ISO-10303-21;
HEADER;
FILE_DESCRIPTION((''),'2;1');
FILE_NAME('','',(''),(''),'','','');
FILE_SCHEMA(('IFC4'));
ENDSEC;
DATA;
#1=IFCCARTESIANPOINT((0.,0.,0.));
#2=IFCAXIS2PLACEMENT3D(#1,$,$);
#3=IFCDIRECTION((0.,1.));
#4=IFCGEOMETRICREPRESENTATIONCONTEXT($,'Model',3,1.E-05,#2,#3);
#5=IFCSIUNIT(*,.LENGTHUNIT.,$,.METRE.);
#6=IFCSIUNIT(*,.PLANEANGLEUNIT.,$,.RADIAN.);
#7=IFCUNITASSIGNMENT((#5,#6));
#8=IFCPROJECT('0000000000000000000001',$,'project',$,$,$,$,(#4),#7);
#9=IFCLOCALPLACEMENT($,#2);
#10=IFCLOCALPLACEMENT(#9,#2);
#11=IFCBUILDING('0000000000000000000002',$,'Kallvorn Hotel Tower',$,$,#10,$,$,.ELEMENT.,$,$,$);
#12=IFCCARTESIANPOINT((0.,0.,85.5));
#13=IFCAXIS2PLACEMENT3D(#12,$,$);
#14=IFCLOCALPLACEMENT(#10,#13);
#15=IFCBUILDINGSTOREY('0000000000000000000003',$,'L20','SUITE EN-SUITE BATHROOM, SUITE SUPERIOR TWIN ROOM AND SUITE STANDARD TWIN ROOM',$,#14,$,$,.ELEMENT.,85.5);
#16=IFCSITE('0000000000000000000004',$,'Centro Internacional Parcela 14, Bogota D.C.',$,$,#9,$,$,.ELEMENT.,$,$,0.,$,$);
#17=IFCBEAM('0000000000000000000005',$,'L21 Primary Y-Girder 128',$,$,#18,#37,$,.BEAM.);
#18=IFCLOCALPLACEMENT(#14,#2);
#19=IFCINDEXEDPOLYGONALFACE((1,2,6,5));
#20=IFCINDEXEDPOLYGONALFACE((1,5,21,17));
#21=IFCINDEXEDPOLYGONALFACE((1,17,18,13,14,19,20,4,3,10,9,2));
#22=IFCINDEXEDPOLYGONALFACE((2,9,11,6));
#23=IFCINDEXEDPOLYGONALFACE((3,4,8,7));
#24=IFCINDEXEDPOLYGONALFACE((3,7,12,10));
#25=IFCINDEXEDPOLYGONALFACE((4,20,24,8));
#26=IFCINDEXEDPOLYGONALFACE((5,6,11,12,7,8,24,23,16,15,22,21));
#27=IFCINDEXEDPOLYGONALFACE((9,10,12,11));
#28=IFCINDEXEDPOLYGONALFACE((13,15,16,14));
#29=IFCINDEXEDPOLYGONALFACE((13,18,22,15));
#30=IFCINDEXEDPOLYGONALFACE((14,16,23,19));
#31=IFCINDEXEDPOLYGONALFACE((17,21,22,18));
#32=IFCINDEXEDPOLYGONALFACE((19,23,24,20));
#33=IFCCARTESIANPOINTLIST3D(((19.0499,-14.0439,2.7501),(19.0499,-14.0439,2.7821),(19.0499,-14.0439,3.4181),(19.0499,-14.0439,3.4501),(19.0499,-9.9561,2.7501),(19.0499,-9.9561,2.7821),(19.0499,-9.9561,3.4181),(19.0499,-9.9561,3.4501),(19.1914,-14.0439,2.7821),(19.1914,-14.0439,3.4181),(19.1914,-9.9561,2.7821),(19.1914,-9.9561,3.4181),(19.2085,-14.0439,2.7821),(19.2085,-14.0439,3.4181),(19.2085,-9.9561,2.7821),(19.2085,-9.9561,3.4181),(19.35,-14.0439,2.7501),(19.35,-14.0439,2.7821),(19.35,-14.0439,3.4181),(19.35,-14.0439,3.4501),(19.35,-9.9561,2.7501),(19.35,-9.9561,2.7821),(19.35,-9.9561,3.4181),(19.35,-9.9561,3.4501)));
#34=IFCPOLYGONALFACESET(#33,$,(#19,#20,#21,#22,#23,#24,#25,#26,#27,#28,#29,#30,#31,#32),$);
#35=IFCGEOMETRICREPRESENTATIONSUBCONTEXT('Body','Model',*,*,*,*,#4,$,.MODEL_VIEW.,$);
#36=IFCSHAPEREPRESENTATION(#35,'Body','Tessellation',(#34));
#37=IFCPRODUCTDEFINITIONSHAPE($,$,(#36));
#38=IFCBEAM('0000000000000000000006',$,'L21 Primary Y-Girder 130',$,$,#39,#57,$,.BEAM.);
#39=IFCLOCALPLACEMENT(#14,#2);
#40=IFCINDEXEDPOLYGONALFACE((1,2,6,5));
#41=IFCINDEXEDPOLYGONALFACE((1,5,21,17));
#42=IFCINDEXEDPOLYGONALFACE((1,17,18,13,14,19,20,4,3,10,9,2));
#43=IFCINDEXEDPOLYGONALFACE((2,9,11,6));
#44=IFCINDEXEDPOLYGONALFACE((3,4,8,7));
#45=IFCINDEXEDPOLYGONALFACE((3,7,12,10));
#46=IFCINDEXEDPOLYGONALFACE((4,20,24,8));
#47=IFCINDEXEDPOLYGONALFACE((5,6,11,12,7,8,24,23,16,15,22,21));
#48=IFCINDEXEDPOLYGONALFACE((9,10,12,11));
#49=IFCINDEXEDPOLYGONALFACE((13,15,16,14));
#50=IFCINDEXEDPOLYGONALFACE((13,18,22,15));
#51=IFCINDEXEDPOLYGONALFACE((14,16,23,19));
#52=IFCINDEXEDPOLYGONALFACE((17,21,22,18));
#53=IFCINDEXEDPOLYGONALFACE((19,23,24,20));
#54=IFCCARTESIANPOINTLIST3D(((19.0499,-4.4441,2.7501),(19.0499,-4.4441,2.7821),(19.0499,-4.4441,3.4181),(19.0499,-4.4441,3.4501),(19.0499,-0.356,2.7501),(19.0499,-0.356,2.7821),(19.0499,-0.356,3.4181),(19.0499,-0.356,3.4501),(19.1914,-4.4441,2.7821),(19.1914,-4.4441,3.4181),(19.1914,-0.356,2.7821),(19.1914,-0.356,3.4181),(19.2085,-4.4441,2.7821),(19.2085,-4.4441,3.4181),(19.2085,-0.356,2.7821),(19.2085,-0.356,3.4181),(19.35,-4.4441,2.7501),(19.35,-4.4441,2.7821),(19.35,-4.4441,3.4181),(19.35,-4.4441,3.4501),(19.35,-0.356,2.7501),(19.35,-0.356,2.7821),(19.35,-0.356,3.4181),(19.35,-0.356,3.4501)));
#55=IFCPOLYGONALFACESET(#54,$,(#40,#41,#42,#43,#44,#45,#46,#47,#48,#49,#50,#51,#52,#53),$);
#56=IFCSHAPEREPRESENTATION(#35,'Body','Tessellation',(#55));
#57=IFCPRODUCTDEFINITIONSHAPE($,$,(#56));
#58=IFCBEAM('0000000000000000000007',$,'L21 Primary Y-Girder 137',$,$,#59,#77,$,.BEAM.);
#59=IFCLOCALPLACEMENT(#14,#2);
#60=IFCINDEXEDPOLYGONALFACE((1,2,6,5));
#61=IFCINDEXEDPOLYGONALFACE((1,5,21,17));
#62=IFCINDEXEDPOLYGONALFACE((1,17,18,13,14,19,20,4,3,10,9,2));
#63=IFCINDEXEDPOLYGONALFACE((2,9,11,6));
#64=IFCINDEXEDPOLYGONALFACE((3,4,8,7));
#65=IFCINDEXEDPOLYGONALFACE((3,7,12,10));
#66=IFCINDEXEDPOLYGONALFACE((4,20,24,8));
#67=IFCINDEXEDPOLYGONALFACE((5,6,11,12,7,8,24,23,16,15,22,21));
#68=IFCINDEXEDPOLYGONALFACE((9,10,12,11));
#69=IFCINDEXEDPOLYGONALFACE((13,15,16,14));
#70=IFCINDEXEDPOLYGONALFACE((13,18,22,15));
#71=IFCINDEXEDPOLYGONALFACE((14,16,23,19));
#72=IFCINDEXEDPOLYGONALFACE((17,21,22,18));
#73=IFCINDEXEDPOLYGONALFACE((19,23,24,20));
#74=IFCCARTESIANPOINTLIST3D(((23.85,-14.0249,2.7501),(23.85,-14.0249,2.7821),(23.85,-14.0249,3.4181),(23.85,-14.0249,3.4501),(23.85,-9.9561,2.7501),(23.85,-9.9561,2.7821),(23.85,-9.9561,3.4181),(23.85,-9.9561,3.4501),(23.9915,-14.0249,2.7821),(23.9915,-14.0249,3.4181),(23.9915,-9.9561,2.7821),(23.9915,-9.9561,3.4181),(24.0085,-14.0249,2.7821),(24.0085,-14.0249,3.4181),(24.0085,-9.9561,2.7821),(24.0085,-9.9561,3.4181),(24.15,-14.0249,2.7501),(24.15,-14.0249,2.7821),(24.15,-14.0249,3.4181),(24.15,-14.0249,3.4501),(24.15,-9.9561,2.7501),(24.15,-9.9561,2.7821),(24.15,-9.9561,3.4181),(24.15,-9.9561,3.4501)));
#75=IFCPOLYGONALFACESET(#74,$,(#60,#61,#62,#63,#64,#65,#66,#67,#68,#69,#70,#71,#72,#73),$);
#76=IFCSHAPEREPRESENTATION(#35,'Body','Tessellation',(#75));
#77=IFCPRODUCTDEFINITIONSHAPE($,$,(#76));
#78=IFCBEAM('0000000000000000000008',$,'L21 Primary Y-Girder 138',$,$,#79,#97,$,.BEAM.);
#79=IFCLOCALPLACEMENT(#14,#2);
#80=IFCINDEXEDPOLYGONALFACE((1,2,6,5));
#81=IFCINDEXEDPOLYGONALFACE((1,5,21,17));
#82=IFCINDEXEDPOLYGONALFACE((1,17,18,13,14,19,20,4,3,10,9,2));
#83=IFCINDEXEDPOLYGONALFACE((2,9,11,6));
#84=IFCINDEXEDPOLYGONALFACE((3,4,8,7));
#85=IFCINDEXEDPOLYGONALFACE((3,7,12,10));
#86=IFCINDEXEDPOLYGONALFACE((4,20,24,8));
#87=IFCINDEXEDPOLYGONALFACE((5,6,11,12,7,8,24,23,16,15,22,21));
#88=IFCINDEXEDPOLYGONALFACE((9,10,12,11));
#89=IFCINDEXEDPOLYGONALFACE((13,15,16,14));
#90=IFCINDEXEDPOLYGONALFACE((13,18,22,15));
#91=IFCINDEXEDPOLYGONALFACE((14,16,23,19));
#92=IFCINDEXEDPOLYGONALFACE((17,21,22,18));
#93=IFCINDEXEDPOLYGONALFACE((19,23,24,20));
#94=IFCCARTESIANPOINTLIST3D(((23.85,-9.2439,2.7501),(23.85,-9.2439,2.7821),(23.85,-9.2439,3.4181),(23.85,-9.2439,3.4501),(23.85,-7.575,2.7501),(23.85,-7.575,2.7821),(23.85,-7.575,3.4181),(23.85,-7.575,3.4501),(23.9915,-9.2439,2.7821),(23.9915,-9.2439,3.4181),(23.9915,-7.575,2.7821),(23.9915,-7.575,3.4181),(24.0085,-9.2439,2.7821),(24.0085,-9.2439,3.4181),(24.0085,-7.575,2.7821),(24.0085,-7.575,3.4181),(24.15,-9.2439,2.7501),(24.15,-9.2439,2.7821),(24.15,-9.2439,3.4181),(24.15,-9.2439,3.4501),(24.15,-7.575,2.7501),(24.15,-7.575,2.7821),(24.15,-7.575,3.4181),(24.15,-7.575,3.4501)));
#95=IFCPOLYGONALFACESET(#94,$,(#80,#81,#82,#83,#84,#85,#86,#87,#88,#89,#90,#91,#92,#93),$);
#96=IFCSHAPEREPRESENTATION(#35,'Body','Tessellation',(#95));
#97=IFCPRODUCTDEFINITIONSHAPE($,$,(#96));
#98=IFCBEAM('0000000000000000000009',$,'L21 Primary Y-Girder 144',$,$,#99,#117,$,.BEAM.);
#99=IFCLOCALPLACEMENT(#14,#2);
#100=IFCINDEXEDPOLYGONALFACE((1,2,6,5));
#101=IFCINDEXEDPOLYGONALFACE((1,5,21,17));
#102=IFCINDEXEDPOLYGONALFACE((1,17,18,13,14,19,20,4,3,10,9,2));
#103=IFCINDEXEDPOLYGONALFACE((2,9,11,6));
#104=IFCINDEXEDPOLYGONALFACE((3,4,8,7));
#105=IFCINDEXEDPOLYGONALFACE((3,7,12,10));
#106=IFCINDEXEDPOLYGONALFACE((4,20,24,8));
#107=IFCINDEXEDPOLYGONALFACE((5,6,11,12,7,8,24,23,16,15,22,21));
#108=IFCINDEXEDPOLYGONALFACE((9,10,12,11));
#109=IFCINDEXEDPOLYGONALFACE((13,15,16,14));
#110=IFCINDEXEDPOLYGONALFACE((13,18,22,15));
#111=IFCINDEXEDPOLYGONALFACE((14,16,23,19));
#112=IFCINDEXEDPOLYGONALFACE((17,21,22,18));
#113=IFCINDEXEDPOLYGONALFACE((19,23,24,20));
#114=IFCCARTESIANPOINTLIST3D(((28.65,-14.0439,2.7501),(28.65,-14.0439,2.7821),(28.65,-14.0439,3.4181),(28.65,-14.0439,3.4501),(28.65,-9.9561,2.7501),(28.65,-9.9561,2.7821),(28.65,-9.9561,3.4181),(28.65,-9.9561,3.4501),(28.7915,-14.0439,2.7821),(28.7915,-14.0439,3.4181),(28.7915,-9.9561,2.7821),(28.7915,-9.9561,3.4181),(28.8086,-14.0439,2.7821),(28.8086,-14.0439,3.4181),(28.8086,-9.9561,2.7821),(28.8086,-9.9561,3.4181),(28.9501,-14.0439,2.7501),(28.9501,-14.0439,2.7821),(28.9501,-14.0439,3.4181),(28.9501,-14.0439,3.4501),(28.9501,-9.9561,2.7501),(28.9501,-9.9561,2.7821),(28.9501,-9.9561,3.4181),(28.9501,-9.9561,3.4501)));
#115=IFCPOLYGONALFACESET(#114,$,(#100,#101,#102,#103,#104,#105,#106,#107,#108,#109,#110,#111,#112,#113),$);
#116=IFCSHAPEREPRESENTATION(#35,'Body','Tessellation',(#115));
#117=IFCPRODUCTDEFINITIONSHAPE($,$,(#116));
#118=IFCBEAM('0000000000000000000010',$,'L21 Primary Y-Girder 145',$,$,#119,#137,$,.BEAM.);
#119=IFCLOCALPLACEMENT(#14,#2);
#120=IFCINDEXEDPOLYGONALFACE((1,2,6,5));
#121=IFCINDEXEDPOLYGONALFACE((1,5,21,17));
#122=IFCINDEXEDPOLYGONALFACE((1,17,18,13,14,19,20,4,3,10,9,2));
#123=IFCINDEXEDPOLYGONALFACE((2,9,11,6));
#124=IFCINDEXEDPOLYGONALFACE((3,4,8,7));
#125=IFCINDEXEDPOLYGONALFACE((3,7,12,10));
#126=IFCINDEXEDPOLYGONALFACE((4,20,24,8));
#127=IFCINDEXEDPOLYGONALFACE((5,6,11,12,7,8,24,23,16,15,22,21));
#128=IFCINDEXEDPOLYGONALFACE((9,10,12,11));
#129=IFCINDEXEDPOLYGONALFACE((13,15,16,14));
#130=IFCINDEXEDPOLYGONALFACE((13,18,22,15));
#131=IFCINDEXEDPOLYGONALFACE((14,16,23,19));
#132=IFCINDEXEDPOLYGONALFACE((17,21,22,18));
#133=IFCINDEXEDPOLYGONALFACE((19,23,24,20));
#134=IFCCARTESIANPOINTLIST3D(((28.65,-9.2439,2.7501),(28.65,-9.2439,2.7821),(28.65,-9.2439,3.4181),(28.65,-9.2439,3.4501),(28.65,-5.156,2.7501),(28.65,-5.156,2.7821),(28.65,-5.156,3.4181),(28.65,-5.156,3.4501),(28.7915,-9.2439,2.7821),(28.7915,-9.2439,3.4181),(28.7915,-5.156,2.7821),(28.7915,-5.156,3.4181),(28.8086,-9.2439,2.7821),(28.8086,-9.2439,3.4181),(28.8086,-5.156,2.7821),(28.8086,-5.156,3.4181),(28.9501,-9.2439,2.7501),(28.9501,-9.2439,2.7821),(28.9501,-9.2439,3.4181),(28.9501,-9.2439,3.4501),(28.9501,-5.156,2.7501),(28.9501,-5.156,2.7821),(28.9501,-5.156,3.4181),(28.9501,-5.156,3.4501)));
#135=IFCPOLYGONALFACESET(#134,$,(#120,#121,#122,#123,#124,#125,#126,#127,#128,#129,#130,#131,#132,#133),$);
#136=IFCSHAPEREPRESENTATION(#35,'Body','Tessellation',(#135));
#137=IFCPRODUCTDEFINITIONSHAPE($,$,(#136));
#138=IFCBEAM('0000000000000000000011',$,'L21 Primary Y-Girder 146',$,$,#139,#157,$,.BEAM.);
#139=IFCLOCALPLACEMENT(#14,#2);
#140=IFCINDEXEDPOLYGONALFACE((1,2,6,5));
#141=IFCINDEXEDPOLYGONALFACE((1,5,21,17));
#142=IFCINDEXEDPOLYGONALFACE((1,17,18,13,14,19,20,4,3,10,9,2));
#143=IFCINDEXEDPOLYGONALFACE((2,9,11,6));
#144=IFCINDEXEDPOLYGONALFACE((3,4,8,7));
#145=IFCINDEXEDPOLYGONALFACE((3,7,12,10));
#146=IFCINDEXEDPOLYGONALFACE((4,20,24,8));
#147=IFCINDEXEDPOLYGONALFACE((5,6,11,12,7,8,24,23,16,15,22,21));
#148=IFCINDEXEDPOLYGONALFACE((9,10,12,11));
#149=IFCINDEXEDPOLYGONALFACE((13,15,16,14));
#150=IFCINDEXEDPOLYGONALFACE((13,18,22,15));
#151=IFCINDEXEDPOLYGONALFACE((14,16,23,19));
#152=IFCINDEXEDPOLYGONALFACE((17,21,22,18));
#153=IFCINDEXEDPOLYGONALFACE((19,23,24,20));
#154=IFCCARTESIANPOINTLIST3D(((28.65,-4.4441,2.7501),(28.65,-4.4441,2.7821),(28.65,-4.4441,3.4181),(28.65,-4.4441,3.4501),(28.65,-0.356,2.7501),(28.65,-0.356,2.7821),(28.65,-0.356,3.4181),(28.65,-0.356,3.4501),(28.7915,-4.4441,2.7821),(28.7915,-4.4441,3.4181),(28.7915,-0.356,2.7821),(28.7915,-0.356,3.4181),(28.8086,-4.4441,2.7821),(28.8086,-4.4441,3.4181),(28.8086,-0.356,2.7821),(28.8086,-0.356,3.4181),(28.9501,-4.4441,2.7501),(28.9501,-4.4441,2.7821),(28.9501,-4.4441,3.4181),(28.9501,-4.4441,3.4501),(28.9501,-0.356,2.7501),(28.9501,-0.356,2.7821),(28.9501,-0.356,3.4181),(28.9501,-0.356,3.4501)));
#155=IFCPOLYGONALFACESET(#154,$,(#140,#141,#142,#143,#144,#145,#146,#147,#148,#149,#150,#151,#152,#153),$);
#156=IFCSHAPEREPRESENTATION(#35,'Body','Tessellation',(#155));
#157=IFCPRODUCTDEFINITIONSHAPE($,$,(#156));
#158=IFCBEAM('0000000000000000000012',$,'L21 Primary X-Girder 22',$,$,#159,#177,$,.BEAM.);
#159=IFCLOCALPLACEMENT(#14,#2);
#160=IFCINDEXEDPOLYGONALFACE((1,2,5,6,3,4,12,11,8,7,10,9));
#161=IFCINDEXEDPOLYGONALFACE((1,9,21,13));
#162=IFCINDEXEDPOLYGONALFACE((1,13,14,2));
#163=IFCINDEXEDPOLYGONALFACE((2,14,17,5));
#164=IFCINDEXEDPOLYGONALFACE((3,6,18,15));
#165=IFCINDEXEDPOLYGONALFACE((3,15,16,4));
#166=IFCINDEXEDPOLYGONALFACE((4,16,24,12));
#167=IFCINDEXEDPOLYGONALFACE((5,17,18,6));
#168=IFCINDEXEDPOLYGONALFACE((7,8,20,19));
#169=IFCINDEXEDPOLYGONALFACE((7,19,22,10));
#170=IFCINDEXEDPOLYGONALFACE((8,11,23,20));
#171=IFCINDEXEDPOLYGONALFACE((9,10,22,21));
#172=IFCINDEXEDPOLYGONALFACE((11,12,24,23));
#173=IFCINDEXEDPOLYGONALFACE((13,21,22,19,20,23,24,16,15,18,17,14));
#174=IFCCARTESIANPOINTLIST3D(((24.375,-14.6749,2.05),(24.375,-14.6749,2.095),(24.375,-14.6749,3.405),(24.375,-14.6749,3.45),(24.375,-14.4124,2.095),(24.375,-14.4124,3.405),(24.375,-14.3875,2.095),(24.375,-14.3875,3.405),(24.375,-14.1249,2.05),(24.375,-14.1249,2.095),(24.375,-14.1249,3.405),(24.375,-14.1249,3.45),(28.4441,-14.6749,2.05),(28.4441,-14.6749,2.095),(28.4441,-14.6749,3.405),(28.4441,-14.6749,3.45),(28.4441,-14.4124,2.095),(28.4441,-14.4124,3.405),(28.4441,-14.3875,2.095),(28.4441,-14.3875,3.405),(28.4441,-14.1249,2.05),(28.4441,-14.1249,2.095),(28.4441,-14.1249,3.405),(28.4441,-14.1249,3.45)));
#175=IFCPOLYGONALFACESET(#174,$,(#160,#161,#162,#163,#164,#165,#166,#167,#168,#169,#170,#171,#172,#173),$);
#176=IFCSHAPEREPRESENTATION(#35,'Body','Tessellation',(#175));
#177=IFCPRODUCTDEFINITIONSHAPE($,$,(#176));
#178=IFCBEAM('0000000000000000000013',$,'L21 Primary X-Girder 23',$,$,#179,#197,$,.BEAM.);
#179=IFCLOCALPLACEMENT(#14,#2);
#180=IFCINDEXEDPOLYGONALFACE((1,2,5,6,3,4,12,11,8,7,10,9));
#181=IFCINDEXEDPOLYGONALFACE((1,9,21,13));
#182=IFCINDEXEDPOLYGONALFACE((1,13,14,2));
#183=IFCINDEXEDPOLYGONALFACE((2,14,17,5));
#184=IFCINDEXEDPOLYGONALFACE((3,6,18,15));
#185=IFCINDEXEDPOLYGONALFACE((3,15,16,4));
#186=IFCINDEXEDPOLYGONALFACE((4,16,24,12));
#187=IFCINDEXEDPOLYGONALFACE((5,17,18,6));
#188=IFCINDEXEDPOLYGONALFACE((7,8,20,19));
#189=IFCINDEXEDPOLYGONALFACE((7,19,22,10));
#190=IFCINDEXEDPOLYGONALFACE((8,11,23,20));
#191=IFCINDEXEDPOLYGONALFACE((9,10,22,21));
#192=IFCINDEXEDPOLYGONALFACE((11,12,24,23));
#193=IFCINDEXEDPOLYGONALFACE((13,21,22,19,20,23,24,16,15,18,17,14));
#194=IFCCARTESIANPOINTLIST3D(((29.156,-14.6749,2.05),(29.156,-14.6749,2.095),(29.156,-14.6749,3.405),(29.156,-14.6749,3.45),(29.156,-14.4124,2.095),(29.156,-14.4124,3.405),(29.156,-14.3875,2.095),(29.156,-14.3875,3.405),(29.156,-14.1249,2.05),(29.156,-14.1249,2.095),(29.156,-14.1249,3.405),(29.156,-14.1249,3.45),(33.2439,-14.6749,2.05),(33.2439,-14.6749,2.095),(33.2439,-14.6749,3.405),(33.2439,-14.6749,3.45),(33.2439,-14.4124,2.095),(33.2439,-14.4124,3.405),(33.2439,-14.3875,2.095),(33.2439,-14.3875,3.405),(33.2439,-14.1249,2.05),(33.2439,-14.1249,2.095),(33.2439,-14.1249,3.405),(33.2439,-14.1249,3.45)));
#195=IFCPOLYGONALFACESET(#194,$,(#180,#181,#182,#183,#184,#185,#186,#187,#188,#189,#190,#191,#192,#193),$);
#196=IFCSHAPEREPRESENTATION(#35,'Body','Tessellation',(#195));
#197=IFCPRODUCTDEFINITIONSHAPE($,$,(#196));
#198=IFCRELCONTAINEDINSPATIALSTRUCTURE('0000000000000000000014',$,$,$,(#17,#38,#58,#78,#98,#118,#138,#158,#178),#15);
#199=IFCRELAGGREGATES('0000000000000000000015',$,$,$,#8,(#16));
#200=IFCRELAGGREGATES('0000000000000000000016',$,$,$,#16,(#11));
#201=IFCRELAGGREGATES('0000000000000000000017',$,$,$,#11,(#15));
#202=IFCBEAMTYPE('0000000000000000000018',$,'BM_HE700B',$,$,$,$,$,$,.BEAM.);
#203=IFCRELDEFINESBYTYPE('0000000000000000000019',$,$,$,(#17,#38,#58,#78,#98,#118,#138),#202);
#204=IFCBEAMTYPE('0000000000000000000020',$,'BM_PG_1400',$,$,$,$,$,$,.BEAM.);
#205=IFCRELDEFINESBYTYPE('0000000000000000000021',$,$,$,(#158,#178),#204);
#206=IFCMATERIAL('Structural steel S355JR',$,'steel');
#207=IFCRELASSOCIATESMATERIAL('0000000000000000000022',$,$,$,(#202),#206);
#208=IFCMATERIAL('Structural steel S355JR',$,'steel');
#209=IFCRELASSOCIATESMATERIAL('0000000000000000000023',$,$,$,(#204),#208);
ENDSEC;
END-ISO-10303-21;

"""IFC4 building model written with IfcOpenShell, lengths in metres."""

from ifc_helpers import new_model, si_unit, direction, frame, origin, origin_2d, place, context, subcontext, project, spatial, i_section, extrude, material, material_profile, profile_set, type_object, element, save


model = new_model("IFC4")

# Units and contexts
model_context = context("Model", 3, precision=1e-05, world=origin(), true_north=direction((0.0, 1.0)))
body_context = subcontext(model_context, "Body", "Model", "MODEL_VIEW")
ifc_project = project(units=[si_unit("LENGTHUNIT", "METRE"), si_unit("PLANEANGLEUNIT", "RADIAN")], contexts=[model_context])

# Site, building, storey
site_placement = place(None, origin())
site = spatial("IfcSite", under=ifc_project, at=site_placement, Name="Centro Internacional Parcela 14, Bogota D.C.", CompositionType="ELEMENT", RefElevation=0.0)
building_placement = place(site_placement, origin())
building = spatial("IfcBuilding", under=site, at=building_placement, Name="Kallvorn Hotel Tower", CompositionType="ELEMENT")
storey_placement = place(building_placement, frame((0.0, 0.0, 85.5)))
storey = spatial("IfcBuildingStorey", under=building, at=storey_placement, Name="L20", Description="SUITE EN-SUITE BATHROOM, SUITE SUPERIOR TWIN ROOM AND SUITE STANDARD TWIN ROOM", CompositionType="ELEMENT", Elevation=85.5)

# Beams
ifc_material_1 = material(Name="Structural steel S355JR", Category="steel")
ifc_material_profile_1 = material_profile(ifc_material_1, i_section(OverallWidth=0.3, OverallDepth=0.7, WebThickness=0.0171, FlangeThickness=0.032, at=origin_2d()), Name="HE 700 B")
ifc_profile_set_1 = profile_set([ifc_material_profile_1], Name="Structural steel S355JR")
beam_type_1 = type_object("IfcBeamType", Name="BM_HE700B", PredefinedType="BEAM", material=ifc_profile_set_1)
beam_1_placement = place(storey_placement, frame((19.2, -14.0439, 3.1001), z_axis=(0.0, 1.0, 0.0), x_axis=(-1.0, 0.0, 0.0)))
element("IfcBeam", 1, at=beam_1_placement, inside=storey, type_object=beam_type_1, Name="L21 Primary Y-Girder 128", PredefinedType="BEAM", context=body_context, shape_type="SweptSolid", body=[
    extrude(i_section(OverallWidth=0.3, OverallDepth=0.7, WebThickness=0.0171, FlangeThickness=0.032, at=origin_2d()), origin(), (0.0, 0.0, 1.0), 4.0879),
])
beam_2_placement = place(storey_placement, frame((19.2, -4.4441, 3.1001), z_axis=(0.0, 1.0, 0.0), x_axis=(-1.0, 0.0, 0.0)))
element("IfcBeam", 2, at=beam_2_placement, inside=storey, type_object=beam_type_1, Name="L21 Primary Y-Girder 130", PredefinedType="BEAM", context=body_context, shape_type="SweptSolid", body=[
    extrude(i_section(OverallWidth=0.3, OverallDepth=0.7, WebThickness=0.0171, FlangeThickness=0.032, at=origin_2d()), origin(), (0.0, 0.0, 1.0), 4.0881),
])
beam_3_placement = place(storey_placement, frame((24.0, -14.0249, 3.1001), z_axis=(0.0, 1.0, 0.0), x_axis=(-1.0, 0.0, 0.0)))
element("IfcBeam", 3, at=beam_3_placement, inside=storey, type_object=beam_type_1, Name="L21 Primary Y-Girder 137", PredefinedType="BEAM", context=body_context, shape_type="SweptSolid", body=[
    extrude(i_section(OverallWidth=0.3, OverallDepth=0.7, WebThickness=0.0171, FlangeThickness=0.032, at=origin_2d()), origin(), (0.0, 0.0, 1.0), 4.0688),
])
beam_4_placement = place(storey_placement, frame((24.0, -9.2439, 3.1001), z_axis=(0.0, 1.0, 0.0), x_axis=(-1.0, 0.0, 0.0)))
element("IfcBeam", 4, at=beam_4_placement, inside=storey, type_object=beam_type_1, Name="L21 Primary Y-Girder 138", PredefinedType="BEAM", context=body_context, shape_type="SweptSolid", body=[
    extrude(i_section(OverallWidth=0.3, OverallDepth=0.7, WebThickness=0.0171, FlangeThickness=0.032, at=origin_2d()), origin(), (0.0, 0.0, 1.0), 1.6689),
])
for number, where, z_axis, x_axis, name in (
    (5, (28.8, -14.0439, 3.1001), (0.0, 1.0, 0.0), (-1.0, 0.0, 0.0), "L21 Primary Y-Girder 144"),
    (6, (28.8, -9.2439, 3.1001), (0.0, 1.0, 0.0), (-1.0, 0.0, 0.0), "L21 Primary Y-Girder 145"),
):
    element("IfcBeam", number, at=place(storey_placement, frame(where, z_axis=z_axis, x_axis=x_axis)), inside=storey, type_object=beam_type_1, Name=name, PredefinedType="BEAM", context=body_context, shape_type="SweptSolid", body=[
        extrude(i_section(OverallWidth=0.3, OverallDepth=0.7, WebThickness=0.0171, FlangeThickness=0.032, at=origin_2d()), origin(), (0.0, 0.0, 1.0), 4.0879),
    ])
beam_5_placement = place(storey_placement, frame((28.8, -4.4441, 3.1001), z_axis=(0.0, 1.0, 0.0), x_axis=(-1.0, 0.0, 0.0)))
element("IfcBeam", 7, at=beam_5_placement, inside=storey, type_object=beam_type_1, Name="L21 Primary Y-Girder 146", PredefinedType="BEAM", context=body_context, shape_type="SweptSolid", body=[
    extrude(i_section(OverallWidth=0.3, OverallDepth=0.7, WebThickness=0.0171, FlangeThickness=0.032, at=origin_2d()), origin(), (0.0, 0.0, 1.0), 4.0881),
])
ifc_material_2 = material(Name="Structural steel S355JR", Category="steel")
ifc_material_profile_2 = material_profile(ifc_material_2, i_section(OverallWidth=0.55, OverallDepth=1.3999, WebThickness=0.0249, FlangeThickness=0.0449, at=origin_2d()), Name="PG 1400x550x25x45")
ifc_profile_set_2 = profile_set([ifc_material_profile_2], Name="Structural steel S355JR")
beam_type_2 = type_object("IfcBeamType", Name="BM_PG_1400", PredefinedType="BEAM", material=ifc_profile_set_2)
beam_6_placement = place(storey_placement, frame((24.375, -14.3999, 2.75), z_axis=(1.0, 0.0, 0.0), x_axis=(0.0, 1.0, 0.0)))
element("IfcBeam", 8, at=beam_6_placement, inside=storey, type_object=beam_type_2, Name="L21 Primary X-Girder 22", PredefinedType="BEAM", context=body_context, shape_type="SweptSolid", body=[
    extrude(i_section(OverallWidth=0.55, OverallDepth=1.3999, WebThickness=0.0249, FlangeThickness=0.0449, at=origin_2d()), origin(), (0.0, 0.0, 1.0), 4.0691),
])
beam_7_placement = place(storey_placement, frame((29.156, -14.3999, 2.75), z_axis=(1.0, 0.0, 0.0), x_axis=(0.0, 1.0, 0.0)))
element("IfcBeam", 9, at=beam_7_placement, inside=storey, type_object=beam_type_2, Name="L21 Primary X-Girder 23", PredefinedType="BEAM", context=body_context, shape_type="SweptSolid", body=[
    extrude(i_section(OverallWidth=0.55, OverallDepth=1.3999, WebThickness=0.0249, FlangeThickness=0.0449, at=origin_2d()), origin(), (0.0, 0.0, 1.0), 4.0879),
])

save(model, "model.ifc")
